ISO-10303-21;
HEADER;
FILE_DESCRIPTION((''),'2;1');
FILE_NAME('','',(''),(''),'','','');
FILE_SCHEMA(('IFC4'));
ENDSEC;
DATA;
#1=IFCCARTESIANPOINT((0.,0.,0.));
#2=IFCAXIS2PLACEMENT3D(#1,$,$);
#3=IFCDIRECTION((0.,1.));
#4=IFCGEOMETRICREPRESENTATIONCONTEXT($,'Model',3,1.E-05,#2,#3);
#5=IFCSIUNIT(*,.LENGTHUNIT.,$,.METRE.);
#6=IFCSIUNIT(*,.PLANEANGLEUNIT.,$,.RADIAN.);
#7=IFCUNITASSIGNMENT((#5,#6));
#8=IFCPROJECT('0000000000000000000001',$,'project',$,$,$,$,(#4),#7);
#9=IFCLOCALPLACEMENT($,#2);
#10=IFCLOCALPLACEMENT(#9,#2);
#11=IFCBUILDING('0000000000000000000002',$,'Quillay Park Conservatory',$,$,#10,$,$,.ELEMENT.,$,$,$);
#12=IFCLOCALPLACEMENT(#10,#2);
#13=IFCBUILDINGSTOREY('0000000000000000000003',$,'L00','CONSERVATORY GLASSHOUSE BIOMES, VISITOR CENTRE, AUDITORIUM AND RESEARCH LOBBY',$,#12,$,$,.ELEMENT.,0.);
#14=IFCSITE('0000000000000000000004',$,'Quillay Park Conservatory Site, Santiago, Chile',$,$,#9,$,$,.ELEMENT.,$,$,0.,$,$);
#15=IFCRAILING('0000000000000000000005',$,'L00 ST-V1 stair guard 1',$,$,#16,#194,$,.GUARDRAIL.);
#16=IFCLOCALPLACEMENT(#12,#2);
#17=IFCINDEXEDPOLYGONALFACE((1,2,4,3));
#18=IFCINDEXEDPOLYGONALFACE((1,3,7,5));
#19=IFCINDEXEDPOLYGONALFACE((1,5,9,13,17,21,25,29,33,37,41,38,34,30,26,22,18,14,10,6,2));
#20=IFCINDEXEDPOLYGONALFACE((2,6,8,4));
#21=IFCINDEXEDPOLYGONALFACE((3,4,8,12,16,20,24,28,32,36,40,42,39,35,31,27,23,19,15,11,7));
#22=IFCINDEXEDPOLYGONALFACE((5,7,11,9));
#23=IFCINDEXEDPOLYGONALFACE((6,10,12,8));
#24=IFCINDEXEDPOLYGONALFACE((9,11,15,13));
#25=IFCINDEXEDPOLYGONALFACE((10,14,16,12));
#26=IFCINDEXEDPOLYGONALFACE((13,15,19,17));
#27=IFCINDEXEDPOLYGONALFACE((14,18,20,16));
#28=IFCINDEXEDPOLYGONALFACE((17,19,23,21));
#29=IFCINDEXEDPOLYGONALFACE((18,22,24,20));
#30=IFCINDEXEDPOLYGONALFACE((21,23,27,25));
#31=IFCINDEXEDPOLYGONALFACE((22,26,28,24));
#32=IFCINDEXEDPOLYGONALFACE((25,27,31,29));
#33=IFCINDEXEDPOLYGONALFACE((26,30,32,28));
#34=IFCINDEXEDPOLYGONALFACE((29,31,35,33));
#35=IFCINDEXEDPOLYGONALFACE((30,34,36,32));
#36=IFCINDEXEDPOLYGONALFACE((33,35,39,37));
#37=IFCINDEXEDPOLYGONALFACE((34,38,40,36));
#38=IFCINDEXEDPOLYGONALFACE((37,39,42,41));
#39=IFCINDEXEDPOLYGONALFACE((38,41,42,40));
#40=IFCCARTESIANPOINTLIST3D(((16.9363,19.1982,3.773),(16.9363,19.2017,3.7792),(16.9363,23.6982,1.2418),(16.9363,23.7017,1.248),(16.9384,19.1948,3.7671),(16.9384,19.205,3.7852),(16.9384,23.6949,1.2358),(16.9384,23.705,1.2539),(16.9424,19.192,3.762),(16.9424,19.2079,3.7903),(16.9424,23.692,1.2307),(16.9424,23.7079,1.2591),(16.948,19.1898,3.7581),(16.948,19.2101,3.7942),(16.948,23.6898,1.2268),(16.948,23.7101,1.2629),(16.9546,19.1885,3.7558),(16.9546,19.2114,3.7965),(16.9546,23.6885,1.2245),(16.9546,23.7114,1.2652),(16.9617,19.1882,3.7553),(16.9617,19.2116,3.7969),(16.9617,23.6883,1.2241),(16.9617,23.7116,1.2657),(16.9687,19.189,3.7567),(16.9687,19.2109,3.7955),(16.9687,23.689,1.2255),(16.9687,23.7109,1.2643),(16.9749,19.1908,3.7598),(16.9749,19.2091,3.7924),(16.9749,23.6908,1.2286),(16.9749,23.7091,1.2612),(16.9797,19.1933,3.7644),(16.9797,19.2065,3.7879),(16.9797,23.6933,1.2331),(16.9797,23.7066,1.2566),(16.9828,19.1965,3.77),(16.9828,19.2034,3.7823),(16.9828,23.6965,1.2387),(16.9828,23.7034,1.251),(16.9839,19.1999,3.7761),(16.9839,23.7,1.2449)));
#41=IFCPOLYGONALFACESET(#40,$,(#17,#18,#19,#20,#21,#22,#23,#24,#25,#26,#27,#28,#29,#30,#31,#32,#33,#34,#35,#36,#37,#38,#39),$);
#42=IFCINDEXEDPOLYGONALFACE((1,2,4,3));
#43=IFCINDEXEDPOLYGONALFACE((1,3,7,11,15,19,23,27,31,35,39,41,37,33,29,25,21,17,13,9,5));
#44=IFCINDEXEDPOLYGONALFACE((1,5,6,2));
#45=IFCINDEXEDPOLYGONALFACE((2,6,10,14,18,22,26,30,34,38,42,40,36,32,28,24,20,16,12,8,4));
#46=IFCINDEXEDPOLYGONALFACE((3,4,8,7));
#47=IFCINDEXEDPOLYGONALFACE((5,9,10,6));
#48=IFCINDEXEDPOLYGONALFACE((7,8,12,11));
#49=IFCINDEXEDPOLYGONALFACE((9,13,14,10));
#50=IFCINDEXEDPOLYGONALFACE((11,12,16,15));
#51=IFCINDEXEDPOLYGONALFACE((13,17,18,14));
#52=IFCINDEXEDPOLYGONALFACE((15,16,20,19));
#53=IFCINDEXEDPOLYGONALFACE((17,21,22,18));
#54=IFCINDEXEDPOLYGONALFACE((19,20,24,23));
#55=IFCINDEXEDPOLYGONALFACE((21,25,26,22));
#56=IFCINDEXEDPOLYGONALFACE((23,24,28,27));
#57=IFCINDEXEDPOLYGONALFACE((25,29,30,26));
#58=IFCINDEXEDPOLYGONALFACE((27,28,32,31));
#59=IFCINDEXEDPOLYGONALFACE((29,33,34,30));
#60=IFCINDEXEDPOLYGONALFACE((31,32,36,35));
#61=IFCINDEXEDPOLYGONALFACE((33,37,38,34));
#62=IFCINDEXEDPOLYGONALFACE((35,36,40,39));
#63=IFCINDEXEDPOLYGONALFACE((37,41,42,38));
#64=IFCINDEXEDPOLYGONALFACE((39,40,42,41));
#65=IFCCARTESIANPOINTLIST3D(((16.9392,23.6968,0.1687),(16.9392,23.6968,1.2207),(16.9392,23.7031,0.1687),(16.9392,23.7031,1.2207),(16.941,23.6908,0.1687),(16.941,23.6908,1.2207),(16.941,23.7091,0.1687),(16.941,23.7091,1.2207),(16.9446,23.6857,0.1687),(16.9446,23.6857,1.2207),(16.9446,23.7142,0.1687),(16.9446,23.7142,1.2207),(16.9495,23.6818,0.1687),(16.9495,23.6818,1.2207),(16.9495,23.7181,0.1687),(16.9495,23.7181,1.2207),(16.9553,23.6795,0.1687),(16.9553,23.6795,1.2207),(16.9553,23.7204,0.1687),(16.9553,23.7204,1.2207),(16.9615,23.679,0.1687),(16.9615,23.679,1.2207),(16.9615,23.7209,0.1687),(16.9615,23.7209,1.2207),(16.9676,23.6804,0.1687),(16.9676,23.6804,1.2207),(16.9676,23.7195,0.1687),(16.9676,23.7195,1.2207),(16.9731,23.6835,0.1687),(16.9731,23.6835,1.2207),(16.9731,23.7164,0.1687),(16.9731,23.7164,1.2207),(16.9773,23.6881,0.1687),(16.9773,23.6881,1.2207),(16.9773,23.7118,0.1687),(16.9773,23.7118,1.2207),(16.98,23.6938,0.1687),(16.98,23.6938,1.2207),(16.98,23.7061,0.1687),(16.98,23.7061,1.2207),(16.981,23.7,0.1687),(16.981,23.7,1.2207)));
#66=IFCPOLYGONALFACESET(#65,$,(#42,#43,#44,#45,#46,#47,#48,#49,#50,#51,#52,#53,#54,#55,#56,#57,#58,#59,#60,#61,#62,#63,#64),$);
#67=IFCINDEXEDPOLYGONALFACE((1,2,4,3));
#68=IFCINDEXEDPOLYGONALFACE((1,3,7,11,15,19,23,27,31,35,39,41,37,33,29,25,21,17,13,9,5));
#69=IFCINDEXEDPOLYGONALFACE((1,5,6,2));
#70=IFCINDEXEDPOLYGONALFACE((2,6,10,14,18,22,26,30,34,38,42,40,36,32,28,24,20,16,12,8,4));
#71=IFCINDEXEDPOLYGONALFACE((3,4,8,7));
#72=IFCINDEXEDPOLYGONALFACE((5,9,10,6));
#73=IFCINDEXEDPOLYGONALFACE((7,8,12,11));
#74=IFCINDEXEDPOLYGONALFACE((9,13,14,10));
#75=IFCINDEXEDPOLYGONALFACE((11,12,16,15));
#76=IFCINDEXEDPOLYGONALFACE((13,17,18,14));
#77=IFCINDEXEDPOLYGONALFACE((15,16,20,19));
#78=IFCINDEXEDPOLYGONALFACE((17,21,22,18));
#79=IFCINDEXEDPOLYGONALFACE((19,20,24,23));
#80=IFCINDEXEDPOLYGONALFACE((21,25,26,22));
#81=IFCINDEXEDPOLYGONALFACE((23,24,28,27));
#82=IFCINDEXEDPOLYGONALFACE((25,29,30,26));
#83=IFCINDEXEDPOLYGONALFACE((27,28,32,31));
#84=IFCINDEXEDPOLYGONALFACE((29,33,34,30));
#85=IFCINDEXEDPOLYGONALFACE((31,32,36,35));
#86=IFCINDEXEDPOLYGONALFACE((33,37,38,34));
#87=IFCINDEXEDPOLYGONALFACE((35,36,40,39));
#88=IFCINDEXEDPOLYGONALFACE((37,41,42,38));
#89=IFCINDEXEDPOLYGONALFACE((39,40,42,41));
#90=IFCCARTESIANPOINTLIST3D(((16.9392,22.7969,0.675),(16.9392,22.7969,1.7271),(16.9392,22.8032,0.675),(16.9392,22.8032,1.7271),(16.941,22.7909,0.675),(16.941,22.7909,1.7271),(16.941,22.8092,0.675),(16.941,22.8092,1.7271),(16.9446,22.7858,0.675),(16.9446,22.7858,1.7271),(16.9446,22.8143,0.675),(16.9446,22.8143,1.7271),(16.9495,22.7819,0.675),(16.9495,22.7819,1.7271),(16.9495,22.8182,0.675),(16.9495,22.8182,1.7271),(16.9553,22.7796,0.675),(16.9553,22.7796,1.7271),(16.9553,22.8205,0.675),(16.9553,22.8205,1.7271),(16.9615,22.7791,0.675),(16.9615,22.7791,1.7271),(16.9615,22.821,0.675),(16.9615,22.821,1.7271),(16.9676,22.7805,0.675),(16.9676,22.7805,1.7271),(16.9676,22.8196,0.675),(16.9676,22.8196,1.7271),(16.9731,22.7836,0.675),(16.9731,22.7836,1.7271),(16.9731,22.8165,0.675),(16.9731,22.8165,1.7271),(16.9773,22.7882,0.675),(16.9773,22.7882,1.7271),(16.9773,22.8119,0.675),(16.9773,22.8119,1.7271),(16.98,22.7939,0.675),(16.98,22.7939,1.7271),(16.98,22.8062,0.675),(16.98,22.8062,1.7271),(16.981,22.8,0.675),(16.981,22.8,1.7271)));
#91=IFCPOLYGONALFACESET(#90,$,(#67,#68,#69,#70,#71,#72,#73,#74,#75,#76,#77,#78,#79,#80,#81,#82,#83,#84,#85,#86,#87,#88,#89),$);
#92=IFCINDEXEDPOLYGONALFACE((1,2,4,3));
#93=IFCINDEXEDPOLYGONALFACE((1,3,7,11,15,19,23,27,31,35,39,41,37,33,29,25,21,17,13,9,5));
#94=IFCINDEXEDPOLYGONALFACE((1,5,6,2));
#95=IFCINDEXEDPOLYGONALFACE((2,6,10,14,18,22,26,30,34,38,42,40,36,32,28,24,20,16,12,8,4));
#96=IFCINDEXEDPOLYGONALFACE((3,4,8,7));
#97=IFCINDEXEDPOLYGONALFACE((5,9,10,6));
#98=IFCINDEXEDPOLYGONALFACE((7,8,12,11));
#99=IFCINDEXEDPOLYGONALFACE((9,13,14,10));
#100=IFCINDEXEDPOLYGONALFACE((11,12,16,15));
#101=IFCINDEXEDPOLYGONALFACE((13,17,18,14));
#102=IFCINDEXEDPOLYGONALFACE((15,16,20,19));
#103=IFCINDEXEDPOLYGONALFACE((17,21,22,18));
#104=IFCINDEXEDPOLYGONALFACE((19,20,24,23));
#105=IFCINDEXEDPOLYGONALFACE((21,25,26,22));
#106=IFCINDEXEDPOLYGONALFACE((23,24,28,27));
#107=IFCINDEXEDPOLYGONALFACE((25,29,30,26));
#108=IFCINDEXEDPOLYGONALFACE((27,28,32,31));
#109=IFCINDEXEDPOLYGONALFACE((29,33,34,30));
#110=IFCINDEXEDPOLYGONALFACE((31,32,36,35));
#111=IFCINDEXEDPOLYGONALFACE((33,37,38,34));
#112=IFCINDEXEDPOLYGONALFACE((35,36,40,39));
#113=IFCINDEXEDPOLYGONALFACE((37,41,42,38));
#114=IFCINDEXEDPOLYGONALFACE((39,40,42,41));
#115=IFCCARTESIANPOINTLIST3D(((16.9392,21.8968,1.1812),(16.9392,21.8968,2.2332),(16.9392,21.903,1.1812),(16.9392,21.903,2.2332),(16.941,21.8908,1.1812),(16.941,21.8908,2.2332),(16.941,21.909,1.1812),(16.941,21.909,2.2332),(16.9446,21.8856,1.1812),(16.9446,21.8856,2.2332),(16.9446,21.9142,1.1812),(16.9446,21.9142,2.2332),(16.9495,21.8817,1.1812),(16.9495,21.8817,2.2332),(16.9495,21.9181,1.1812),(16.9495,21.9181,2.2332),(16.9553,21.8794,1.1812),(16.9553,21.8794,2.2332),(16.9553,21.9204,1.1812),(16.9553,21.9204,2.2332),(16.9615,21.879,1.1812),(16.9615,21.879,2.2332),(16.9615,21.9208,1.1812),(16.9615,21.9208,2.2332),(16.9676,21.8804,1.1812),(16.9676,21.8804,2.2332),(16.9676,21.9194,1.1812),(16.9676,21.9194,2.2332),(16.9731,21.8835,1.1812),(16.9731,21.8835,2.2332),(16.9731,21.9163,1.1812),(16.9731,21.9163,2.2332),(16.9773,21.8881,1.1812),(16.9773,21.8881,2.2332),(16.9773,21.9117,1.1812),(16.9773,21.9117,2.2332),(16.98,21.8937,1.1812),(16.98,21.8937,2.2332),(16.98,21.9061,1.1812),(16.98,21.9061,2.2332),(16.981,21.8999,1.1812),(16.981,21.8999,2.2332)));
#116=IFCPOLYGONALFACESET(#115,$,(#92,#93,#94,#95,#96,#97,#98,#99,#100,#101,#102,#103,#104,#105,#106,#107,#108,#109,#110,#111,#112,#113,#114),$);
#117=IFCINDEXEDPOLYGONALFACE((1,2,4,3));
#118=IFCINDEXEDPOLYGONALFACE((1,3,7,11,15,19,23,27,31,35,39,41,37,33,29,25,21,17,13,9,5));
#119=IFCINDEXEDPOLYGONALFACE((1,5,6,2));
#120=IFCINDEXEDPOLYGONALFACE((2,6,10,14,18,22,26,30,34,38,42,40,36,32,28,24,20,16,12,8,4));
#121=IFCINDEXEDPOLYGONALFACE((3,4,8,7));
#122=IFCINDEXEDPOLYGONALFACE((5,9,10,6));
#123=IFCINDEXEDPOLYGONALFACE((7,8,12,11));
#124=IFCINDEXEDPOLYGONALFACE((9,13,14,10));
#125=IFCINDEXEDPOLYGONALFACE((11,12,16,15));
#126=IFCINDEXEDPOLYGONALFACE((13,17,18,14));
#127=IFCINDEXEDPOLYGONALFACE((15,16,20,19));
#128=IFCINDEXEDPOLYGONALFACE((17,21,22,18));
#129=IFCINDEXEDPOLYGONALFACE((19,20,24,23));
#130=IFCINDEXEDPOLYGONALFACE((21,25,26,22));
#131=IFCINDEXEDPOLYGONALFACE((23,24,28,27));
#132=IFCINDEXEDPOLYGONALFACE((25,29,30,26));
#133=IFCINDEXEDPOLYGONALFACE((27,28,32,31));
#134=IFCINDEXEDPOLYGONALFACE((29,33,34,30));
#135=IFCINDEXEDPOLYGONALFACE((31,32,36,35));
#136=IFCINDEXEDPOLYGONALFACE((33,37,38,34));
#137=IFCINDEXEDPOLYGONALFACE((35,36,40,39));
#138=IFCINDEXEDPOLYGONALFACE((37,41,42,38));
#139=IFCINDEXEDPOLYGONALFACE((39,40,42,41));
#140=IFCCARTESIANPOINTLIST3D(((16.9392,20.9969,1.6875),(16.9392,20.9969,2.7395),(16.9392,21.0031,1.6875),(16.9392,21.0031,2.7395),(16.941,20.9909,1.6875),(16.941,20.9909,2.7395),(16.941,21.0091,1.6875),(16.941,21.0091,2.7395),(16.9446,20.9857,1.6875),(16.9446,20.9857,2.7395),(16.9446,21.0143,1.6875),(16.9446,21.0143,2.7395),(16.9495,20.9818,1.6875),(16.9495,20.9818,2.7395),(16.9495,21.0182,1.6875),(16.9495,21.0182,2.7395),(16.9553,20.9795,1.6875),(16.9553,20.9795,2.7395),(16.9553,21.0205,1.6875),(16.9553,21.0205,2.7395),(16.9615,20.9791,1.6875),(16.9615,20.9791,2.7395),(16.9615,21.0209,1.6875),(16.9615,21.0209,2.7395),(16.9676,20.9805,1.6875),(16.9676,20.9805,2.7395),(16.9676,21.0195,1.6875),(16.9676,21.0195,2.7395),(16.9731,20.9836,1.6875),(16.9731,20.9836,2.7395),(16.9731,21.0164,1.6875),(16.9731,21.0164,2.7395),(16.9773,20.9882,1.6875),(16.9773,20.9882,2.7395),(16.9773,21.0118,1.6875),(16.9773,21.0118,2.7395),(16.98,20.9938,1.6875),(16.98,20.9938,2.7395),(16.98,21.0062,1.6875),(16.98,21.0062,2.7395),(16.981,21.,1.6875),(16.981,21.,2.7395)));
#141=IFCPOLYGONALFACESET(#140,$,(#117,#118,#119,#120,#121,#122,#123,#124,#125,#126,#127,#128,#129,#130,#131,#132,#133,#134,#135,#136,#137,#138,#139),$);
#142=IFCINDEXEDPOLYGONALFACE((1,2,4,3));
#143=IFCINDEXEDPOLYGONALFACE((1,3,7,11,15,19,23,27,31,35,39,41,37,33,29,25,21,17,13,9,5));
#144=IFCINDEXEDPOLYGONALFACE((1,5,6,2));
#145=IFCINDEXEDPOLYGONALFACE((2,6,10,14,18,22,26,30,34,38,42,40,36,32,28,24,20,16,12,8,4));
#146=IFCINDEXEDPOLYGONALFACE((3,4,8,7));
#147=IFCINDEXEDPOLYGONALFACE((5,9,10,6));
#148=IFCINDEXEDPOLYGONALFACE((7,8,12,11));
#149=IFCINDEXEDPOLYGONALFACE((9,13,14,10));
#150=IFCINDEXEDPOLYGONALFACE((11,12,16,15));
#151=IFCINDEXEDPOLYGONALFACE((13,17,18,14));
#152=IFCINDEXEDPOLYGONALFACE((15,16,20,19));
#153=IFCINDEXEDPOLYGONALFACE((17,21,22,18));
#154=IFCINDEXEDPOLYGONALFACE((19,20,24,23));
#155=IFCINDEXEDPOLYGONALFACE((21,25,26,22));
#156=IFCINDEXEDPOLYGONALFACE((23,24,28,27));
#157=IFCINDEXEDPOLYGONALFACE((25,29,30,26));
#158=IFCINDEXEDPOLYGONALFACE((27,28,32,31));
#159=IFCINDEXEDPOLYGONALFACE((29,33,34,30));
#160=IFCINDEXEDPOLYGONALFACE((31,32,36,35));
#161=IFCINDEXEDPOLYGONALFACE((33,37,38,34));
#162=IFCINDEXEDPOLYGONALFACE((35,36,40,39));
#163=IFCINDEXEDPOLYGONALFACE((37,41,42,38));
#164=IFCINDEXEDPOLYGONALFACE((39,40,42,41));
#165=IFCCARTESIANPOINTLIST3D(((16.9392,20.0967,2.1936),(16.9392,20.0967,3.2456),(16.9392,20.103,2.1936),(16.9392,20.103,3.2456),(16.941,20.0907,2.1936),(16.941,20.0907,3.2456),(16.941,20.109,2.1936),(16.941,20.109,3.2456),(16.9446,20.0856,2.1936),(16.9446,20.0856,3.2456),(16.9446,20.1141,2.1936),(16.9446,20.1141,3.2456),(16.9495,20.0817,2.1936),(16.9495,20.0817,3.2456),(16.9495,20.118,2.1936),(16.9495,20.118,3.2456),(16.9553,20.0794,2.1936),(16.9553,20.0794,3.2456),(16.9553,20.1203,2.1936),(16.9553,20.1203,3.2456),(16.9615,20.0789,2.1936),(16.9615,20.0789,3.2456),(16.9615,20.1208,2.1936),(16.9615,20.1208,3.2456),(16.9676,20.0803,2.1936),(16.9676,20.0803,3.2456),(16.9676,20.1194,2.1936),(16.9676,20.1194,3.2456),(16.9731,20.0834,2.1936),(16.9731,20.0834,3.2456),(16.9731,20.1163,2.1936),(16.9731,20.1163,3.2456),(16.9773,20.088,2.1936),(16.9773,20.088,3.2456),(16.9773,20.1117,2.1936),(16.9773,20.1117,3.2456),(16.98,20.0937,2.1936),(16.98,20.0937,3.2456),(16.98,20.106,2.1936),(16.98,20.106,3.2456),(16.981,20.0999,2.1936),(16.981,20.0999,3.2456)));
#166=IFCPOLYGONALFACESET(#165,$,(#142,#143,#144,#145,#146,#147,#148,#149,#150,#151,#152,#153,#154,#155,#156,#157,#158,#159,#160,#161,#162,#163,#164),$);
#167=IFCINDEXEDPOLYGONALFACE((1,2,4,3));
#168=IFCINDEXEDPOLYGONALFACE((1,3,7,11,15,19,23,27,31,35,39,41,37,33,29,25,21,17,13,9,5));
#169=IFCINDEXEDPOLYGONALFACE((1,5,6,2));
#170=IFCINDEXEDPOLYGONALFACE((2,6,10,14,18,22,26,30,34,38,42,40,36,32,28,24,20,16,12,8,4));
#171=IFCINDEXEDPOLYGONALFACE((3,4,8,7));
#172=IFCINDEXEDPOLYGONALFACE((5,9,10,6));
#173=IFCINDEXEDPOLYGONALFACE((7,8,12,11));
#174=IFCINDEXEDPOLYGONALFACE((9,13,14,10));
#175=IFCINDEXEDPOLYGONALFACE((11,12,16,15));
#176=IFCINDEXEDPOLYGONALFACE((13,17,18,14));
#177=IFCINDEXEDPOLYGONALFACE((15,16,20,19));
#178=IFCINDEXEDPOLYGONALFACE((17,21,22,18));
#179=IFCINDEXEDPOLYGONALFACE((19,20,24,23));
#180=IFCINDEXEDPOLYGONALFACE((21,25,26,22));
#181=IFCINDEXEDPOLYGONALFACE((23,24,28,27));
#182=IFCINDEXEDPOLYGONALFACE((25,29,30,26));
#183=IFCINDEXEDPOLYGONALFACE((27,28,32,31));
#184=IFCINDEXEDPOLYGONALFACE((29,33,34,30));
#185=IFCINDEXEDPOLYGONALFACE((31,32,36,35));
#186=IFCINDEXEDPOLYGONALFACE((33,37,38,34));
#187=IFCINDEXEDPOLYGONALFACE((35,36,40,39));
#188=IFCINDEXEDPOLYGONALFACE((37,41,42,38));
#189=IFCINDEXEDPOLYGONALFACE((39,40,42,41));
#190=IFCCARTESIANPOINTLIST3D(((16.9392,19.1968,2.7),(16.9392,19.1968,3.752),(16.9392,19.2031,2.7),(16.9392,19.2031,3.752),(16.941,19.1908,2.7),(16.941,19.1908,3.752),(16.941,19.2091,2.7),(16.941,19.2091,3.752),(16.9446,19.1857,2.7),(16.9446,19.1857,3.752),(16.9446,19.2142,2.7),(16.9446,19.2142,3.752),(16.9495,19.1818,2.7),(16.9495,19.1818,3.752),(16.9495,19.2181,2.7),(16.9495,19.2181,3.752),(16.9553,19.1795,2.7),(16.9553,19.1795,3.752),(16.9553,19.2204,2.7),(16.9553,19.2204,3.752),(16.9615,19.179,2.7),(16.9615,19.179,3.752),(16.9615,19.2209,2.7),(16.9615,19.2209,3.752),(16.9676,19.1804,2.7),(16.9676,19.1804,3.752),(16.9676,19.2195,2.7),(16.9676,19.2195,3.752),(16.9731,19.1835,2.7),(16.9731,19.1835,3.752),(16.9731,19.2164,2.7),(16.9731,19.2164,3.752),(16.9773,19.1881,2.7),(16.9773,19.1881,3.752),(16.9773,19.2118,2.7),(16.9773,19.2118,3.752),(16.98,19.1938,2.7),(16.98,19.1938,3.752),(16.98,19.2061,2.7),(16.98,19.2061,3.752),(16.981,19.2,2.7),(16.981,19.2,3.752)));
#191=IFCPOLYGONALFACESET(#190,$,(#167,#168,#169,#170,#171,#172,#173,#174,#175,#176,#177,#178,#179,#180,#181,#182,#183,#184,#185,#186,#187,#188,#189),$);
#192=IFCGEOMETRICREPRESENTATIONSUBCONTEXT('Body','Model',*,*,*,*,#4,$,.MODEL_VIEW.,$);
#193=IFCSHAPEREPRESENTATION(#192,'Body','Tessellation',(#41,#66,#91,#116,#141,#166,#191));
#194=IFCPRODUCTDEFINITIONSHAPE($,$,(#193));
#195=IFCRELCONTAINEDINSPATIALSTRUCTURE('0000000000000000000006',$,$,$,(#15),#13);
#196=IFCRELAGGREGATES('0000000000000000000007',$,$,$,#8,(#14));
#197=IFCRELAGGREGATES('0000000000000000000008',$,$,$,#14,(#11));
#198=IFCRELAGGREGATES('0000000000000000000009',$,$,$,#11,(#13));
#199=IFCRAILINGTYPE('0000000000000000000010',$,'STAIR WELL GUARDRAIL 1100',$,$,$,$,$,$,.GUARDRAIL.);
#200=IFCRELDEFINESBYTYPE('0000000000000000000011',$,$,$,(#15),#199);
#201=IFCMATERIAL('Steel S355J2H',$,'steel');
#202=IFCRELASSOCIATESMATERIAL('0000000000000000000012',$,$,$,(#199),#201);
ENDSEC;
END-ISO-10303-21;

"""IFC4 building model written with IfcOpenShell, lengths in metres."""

from ifc_helpers import new_model, si_unit, direction, frame, origin, origin_2d, place, context, subcontext, project, spatial, circle, extrude, material, type_object, element, save


model = new_model("IFC4")

# Units and contexts
model_context = context("Model", 3, precision=1e-05, world=origin(), true_north=direction((0.0, 1.0)))
body_context = subcontext(model_context, "Body", "Model", "MODEL_VIEW")
ifc_project = project(units=[si_unit("LENGTHUNIT", "METRE"), si_unit("PLANEANGLEUNIT", "RADIAN")], contexts=[model_context])

# Site, building, storey
site_placement = place(None, origin())
site = spatial("IfcSite", under=ifc_project, at=site_placement, Name="Quillay Park Conservatory Site, Santiago, Chile", CompositionType="ELEMENT", RefElevation=0.0)
building_placement = place(site_placement, origin())
building = spatial("IfcBuilding", under=site, at=building_placement, Name="Quillay Park Conservatory", CompositionType="ELEMENT")
storey_placement = place(building_placement, origin())
storey = spatial("IfcBuildingStorey", under=building, at=storey_placement, Name="L00", Description="CONSERVATORY GLASSHOUSE BIOMES, VISITOR CENTRE, AUDITORIUM AND RESEARCH LOBBY", CompositionType="ELEMENT", Elevation=0.0)

# Railing
ifc_material_1 = material(Name="Steel S355J2H", Category="steel")
railing_type_1 = type_object("IfcRailingType", Name="STAIR WELL GUARDRAIL 1100", PredefinedType="GUARDRAIL", material=ifc_material_1)
railing_1_placement = place(storey_placement, frame((16.96, 23.7, 0.1687)))
element("IfcRailing", 1, at=railing_1_placement, inside=storey, type_object=railing_type_1, Name="L00 ST-V1 stair guard 1", PredefinedType="GUARDRAIL", context=body_context, shape_type="SweptSolid", body=[
    extrude(circle(Radius=0.0239, at=origin_2d()), frame((0.0, 0.0, 1.0762), z_axis=(0.0, -0.871576, 0.490261), x_axis=(1.0, 0.0, 0.0)), (0.0, 0.0, 1.0), 5.1631),
    extrude(circle(Radius=0.021, at=origin_2d()), origin(), (0.0, 0.0, 1.0), 1.052),
    extrude(circle(Radius=0.021, at=origin_2d()), frame((0.0, -0.8999, 0.5063)), (0.0, 0.0, 1.0), 1.052),
    extrude(circle(Radius=0.021, at=origin_2d()), frame((0.0, -1.8, 1.0125)), (0.0, 0.0, 1.0), 1.052),
    extrude(circle(Radius=0.021, at=origin_2d()), frame((0.0, -2.7, 1.5188)), (0.0, 0.0, 1.0), 1.052),
    extrude(circle(Radius=0.021, at=origin_2d()), frame((0.0, -3.6001, 2.0249)), (0.0, 0.0, 1.0), 1.052),
    extrude(circle(Radius=0.021, at=origin_2d()), frame((0.0, -4.5, 2.5312)), (0.0, 0.0, 1.0), 1.052),
])

save(model, "model.ifc")
